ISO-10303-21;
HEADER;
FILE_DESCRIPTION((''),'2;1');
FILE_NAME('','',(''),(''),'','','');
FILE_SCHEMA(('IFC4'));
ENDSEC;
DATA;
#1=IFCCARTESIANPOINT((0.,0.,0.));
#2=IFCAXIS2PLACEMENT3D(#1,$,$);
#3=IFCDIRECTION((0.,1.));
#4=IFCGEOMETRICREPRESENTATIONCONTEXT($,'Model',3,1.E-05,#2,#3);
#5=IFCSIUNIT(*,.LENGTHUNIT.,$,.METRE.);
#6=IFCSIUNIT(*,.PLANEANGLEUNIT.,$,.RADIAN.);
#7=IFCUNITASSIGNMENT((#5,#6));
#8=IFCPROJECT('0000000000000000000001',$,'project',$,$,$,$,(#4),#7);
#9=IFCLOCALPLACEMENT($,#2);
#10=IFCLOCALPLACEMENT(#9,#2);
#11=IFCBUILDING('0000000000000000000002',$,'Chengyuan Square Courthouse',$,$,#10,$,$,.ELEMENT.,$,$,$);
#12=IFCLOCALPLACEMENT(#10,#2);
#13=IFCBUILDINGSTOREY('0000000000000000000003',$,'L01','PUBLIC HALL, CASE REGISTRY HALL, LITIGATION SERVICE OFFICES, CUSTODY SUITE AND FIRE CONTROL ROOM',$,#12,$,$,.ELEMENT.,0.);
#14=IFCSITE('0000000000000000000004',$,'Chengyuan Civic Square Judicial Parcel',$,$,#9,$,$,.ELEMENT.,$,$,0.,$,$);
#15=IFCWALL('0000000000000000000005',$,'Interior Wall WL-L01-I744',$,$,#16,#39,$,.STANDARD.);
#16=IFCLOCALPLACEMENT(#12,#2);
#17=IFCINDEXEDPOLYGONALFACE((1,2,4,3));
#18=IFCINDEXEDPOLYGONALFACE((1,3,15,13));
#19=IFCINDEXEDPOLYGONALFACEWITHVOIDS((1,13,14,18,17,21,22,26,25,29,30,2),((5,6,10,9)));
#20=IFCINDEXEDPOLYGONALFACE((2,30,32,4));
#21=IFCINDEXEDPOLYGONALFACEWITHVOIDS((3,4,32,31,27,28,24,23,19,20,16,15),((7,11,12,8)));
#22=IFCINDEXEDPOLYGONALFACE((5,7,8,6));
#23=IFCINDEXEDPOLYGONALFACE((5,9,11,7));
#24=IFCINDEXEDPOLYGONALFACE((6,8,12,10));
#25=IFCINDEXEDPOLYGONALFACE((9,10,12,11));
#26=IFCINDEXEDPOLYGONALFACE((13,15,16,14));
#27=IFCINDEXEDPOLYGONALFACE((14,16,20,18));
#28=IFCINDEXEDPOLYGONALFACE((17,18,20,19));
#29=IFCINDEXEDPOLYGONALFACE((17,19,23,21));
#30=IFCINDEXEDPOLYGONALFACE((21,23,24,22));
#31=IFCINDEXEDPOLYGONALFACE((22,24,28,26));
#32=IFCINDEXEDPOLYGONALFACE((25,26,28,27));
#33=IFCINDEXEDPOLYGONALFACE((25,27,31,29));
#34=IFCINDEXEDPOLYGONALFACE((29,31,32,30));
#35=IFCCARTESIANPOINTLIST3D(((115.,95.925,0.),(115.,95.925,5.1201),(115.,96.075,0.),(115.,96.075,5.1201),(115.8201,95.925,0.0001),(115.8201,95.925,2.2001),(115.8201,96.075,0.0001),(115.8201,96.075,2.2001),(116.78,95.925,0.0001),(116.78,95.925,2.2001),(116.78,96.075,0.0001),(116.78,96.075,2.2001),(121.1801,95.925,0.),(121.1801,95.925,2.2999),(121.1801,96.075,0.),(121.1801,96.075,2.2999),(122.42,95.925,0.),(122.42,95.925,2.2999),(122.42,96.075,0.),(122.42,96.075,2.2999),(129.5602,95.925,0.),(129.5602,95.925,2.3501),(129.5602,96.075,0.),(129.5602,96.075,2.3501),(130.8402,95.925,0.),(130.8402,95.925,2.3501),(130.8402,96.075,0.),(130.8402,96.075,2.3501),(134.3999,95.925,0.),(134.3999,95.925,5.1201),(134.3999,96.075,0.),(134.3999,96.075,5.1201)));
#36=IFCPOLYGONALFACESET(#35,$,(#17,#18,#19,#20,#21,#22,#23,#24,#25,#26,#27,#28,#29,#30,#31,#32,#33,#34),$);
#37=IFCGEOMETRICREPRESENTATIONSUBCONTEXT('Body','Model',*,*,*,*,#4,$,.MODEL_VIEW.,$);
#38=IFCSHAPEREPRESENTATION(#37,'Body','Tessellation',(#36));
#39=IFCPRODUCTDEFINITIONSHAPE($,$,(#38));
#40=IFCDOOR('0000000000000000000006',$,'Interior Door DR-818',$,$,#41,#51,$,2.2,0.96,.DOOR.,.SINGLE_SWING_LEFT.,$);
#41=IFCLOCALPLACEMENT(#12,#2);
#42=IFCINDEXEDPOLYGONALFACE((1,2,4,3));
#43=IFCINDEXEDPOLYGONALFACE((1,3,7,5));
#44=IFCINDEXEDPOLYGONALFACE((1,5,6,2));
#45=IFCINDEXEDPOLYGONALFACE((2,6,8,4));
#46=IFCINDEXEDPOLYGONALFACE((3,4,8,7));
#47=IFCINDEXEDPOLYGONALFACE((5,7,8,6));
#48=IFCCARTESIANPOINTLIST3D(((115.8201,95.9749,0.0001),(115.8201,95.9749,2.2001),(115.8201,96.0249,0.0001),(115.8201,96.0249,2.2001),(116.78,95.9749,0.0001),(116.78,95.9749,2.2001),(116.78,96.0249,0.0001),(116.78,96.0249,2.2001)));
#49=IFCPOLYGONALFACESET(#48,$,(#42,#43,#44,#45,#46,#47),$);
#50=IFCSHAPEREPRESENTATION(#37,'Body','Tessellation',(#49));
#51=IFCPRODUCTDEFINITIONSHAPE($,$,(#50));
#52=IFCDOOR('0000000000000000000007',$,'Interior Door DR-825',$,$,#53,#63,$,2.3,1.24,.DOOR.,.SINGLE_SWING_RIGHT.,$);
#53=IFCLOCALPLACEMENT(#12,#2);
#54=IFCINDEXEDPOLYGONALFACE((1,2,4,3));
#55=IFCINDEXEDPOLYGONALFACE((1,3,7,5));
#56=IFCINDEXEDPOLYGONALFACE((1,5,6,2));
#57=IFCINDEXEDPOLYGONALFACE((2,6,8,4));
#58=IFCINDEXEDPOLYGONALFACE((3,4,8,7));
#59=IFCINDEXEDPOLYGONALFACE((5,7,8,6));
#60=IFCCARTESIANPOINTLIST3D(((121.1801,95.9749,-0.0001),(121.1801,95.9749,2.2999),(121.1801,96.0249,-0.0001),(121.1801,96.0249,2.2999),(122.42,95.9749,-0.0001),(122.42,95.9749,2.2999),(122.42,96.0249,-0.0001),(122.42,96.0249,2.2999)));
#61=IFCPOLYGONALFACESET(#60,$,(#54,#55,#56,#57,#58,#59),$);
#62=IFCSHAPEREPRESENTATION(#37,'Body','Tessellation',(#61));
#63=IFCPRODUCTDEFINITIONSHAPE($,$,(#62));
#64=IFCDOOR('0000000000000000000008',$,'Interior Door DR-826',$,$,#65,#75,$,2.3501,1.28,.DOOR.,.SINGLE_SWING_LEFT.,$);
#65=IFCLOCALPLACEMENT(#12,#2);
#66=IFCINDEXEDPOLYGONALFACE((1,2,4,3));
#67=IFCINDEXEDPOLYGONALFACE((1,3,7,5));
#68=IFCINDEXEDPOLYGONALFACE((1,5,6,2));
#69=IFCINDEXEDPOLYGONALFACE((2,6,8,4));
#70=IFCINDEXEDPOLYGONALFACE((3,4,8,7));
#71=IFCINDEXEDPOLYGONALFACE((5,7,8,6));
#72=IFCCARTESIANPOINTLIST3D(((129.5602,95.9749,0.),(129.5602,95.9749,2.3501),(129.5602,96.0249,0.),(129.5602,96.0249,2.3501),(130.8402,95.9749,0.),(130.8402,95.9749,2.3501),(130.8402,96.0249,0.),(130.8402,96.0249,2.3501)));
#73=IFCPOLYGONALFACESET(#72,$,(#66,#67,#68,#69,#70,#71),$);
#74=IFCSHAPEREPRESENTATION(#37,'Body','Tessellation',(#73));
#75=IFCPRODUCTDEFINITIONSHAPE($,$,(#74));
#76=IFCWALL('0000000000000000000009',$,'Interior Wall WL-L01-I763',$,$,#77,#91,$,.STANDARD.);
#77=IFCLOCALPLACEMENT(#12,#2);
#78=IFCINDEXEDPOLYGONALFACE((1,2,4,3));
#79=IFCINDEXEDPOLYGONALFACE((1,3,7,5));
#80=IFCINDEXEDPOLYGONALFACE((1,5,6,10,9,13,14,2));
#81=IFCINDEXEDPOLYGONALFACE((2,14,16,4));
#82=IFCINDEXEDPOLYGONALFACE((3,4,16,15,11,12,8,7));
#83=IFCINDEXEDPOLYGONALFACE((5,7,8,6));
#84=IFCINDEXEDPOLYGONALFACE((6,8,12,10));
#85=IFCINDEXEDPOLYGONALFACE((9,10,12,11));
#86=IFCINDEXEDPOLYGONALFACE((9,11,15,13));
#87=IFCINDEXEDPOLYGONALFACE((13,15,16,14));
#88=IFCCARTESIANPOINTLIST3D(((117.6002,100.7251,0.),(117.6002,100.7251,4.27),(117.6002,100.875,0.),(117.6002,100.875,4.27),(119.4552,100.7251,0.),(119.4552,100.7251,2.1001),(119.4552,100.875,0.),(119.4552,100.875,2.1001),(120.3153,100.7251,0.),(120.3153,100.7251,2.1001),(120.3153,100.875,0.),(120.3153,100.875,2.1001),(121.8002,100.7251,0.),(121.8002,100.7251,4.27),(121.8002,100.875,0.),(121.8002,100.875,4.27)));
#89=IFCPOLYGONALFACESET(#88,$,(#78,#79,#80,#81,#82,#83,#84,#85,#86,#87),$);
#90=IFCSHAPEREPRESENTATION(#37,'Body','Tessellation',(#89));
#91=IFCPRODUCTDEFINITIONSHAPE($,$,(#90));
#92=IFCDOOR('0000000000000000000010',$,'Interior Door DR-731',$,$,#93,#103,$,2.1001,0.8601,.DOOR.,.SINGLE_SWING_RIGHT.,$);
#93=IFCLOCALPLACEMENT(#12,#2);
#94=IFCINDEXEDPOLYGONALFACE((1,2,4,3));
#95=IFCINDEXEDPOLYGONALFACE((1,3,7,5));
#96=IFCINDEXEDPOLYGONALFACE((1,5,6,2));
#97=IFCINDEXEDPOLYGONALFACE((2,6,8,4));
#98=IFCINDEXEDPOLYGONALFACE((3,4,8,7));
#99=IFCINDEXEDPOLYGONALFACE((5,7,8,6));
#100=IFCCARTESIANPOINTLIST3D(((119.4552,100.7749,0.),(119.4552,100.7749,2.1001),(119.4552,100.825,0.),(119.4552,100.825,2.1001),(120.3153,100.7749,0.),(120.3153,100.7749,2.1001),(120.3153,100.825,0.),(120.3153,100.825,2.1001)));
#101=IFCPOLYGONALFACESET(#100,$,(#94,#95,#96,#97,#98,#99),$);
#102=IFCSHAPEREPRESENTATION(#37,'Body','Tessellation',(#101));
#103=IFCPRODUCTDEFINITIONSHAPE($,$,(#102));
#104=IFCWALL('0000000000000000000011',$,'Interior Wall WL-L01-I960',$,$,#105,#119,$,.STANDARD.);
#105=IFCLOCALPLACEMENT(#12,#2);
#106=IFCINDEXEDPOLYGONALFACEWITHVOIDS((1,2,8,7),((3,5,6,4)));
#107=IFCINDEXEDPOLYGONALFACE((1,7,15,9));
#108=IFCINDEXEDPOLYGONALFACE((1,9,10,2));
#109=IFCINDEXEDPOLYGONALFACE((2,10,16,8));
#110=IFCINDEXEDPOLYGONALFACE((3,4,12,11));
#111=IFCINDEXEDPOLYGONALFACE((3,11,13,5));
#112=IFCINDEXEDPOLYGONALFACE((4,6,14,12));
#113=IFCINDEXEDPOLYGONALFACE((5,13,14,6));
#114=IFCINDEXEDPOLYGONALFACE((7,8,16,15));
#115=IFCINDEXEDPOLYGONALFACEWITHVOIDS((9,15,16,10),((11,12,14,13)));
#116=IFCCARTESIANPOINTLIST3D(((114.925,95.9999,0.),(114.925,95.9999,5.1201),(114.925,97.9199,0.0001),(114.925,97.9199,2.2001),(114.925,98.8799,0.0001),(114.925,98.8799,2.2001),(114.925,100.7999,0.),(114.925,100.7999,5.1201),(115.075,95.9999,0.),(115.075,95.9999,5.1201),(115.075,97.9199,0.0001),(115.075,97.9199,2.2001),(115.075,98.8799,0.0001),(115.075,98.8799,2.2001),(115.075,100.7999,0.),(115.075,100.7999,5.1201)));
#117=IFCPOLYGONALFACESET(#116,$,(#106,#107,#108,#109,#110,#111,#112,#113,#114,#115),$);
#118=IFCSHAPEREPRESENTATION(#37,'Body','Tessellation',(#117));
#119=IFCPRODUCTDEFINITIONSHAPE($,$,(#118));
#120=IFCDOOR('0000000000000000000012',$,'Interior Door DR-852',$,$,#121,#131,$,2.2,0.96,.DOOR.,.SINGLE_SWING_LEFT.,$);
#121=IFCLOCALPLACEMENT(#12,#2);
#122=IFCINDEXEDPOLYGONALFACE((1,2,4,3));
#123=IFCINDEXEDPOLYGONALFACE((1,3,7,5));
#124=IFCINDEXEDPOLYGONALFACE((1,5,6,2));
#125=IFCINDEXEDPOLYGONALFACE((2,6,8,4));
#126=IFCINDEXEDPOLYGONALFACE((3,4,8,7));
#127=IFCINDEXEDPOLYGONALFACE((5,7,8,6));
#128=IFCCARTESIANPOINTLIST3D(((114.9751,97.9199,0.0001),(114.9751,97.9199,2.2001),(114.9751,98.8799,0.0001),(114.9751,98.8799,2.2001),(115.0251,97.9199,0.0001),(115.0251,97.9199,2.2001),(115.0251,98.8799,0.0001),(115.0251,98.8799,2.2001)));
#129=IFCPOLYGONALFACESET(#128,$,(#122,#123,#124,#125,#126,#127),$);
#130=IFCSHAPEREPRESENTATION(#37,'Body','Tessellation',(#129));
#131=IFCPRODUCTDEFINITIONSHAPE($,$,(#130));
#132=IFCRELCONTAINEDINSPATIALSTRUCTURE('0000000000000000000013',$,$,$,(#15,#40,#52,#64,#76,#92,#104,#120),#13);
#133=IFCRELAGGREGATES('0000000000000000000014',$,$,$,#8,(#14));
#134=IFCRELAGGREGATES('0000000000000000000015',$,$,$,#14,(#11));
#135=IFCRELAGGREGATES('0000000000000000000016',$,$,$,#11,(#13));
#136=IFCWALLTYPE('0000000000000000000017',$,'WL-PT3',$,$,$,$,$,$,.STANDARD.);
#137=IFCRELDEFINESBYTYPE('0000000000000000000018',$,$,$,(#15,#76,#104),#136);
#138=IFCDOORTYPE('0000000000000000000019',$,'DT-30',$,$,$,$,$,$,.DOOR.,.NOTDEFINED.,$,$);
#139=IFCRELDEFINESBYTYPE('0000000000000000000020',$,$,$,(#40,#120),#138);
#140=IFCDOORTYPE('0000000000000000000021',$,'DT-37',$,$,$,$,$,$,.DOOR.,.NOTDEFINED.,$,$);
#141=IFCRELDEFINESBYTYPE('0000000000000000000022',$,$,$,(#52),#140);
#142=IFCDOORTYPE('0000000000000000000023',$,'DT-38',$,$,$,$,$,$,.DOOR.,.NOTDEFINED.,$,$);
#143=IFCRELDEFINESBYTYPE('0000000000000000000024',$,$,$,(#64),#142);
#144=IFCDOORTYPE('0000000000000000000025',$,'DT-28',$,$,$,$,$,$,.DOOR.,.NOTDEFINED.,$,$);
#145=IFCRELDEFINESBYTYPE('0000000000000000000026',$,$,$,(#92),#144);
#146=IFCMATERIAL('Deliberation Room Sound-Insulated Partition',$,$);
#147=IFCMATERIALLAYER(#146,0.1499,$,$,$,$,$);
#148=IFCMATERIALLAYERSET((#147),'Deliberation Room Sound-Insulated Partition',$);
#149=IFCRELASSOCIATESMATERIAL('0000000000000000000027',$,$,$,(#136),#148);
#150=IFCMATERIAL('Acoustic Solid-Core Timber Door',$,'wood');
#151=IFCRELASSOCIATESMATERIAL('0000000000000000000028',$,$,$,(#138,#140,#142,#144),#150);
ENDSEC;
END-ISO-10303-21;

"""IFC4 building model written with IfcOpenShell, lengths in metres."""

from ifc_helpers import new_model, si_unit, direction, frame, frame_2d, origin, place, context, subcontext, project, spatial, rectangle, extrude, material, layer, layer_set, type_object, element, fill, save


model = new_model("IFC4")

# Units and contexts
model_context = context("Model", 3, precision=1e-05, world=origin(), true_north=direction((0.0, 1.0)))
body_context = subcontext(model_context, "Body", "Model", "MODEL_VIEW")
ifc_project = project(units=[si_unit("LENGTHUNIT", "METRE"), si_unit("PLANEANGLEUNIT", "RADIAN")], contexts=[model_context])

# Site, building, storey
site_placement = place(None, origin())
site = spatial("IfcSite", under=ifc_project, at=site_placement, Name="Chengyuan Civic Square Judicial Parcel", CompositionType="ELEMENT", RefElevation=0.0)
building_placement = place(site_placement, origin())
building = spatial("IfcBuilding", under=site, at=building_placement, Name="Chengyuan Square Courthouse", CompositionType="ELEMENT")
storey_placement = place(building_placement, origin())
storey = spatial("IfcBuildingStorey", under=building, at=storey_placement, Name="L01", Description="PUBLIC HALL, CASE REGISTRY HALL, LITIGATION SERVICE OFFICES, CUSTODY SUITE AND FIRE CONTROL ROOM", CompositionType="ELEMENT", Elevation=0.0)

# Wall, openings, doors
ifc_material_1 = material(Name="Deliberation Room Sound-Insulated Partition")
ifc_layer_1 = layer(ifc_material_1, 0.1499)
ifc_layer_set_1 = layer_set([ifc_layer_1], Name="Deliberation Room Sound-Insulated Partition")
wall_type_1 = type_object("IfcWallType", Name="WL-PT3", PredefinedType="STANDARD", material=ifc_layer_set_1)
wall_1_placement = place(storey_placement, frame((115.0, 96.0, 0.0), z_axis=(0.0, 0.0, 1.0), x_axis=(1.0, 0.0, 0.0)))
wall_1 = element("IfcWall", 1, at=wall_1_placement, inside=storey, type_object=wall_type_1, Name="Interior Wall WL-L01-I744", PredefinedType="STANDARD", context=body_context, shape_type="SweptSolid", body=[
    extrude(rectangle(XDim=19.3999, YDim=0.1499, at=frame_2d((9.7, 0.0))), origin(), (0.0, 0.0, 1.0), 5.1201),
])
opening_1_placement = place(wall_1_placement, frame((0.8201, 0.0, 0.0)))
opening_1 = element("IfcOpeningElement", 2, at=opening_1_placement, cuts=wall_1, PredefinedType="OPENING", context=body_context, shape_type="SweptSolid", body=[
    extrude(rectangle(XDim=0.96, YDim=2.2, at=frame_2d((0.48, 1.1001))), frame((0.0, 0.0869, 0.0), z_axis=(0.0, -1.0, 0.0), x_axis=(1.0, 0.0, 0.0)), (0.0, 0.0, 1.0), 0.1738),
])
opening_2_placement = place(wall_1_placement, frame((6.1799, 0.0, 0.0)))
opening_2 = element("IfcOpeningElement", 3, at=opening_2_placement, cuts=wall_1, PredefinedType="OPENING", context=body_context, shape_type="SweptSolid", body=[
    extrude(rectangle(XDim=1.24, YDim=2.3, at=frame_2d((0.6201, 1.1499))), frame((0.0, 0.0869, 0.0), z_axis=(0.0, -1.0, 0.0), x_axis=(1.0, 0.0, 0.0)), (0.0, 0.0, 1.0), 0.1738),
])
opening_3_placement = place(wall_1_placement, frame((14.5601, 0.0, 0.0)))
opening_3 = element("IfcOpeningElement", 4, at=opening_3_placement, cuts=wall_1, PredefinedType="OPENING", context=body_context, shape_type="SweptSolid", body=[
    extrude(rectangle(XDim=1.28, YDim=2.3501, at=frame_2d((0.6401, 1.175))), frame((0.0, 0.0869, 0.0), z_axis=(0.0, -1.0, 0.0), x_axis=(1.0, 0.0, 0.0)), (0.0, 0.0, 1.0), 0.1738),
])
ifc_material_2 = material(Name="Acoustic Solid-Core Timber Door", Category="wood")
door_type_1 = type_object("IfcDoorType", Name="DT-30", OperationType="NOTDEFINED", PredefinedType="DOOR", material=ifc_material_2)
door_1_placement = place(opening_1_placement, origin())
door_1 = element("IfcDoor", 5, at=door_1_placement, inside=storey, type_object=door_type_1, Name="Interior Door DR-818", OperationType="SINGLE_SWING_LEFT", OverallHeight=2.2, OverallWidth=0.96, PredefinedType="DOOR", context=body_context, shape_type="SweptSolid", body=[
    extrude(rectangle(XDim=0.96, YDim=2.2, at=frame_2d((0.48, 1.1001))), frame((0.0, 0.0249, 0.0), z_axis=(0.0, -1.0, 0.0), x_axis=(1.0, 0.0, 0.0)), (0.0, 0.0, 1.0), 0.05),
])
fill(opening_1, door_1)
door_type_2 = type_object("IfcDoorType", Name="DT-37", OperationType="NOTDEFINED", PredefinedType="DOOR", material=ifc_material_2)
door_2_placement = place(opening_2_placement, origin())
door_2 = element("IfcDoor", 6, at=door_2_placement, inside=storey, type_object=door_type_2, Name="Interior Door DR-825", OperationType="SINGLE_SWING_RIGHT", OverallHeight=2.3, OverallWidth=1.24, PredefinedType="DOOR", context=body_context, shape_type="SweptSolid", body=[
    extrude(rectangle(XDim=1.24, YDim=2.3, at=frame_2d((0.6201, 1.1499))), frame((0.0, 0.0249, 0.0), z_axis=(0.0, -1.0, 0.0), x_axis=(1.0, 0.0, 0.0)), (0.0, 0.0, 1.0), 0.05),
])
fill(opening_2, door_2)
door_type_3 = type_object("IfcDoorType", Name="DT-38", OperationType="NOTDEFINED", PredefinedType="DOOR", material=ifc_material_2)
door_3_placement = place(opening_3_placement, origin())
door_3 = element("IfcDoor", 7, at=door_3_placement, inside=storey, type_object=door_type_3, Name="Interior Door DR-826", OperationType="SINGLE_SWING_LEFT", OverallHeight=2.3501, OverallWidth=1.28, PredefinedType="DOOR", context=body_context, shape_type="SweptSolid", body=[
    extrude(rectangle(XDim=1.28, YDim=2.3501, at=frame_2d((0.6401, 1.175))), frame((0.0, 0.0249, 0.0), z_axis=(0.0, -1.0, 0.0), x_axis=(1.0, 0.0, 0.0)), (0.0, 0.0, 1.0), 0.05),
])
fill(opening_3, door_3)

# Walls, openings, doors
wall_2_placement = place(storey_placement, frame((117.6001, 100.8, 0.0), z_axis=(0.0, 0.0, 1.0), x_axis=(1.0, 0.0, 0.0)))
wall_2 = element("IfcWall", 8, at=wall_2_placement, inside=storey, type_object=wall_type_1, Name="Interior Wall WL-L01-I763", PredefinedType="STANDARD", context=body_context, shape_type="SweptSolid", body=[
    extrude(rectangle(XDim=4.2, YDim=0.1499, at=frame_2d((2.1001, 0.0))), origin(), (0.0, 0.0, 1.0), 4.27),
])
opening_4_placement = place(wall_2_placement, frame((1.855, 0.0, 0.0)))
opening_4 = element("IfcOpeningElement", 9, at=opening_4_placement, cuts=wall_2, PredefinedType="OPENING", context=body_context, shape_type="SweptSolid", body=[
    extrude(rectangle(XDim=0.8601, YDim=2.1001, at=frame_2d((0.4302, 1.05))), frame((0.0, 0.0869, 0.0), z_axis=(0.0, -1.0, 0.0), x_axis=(1.0, 0.0, 0.0)), (0.0, 0.0, 1.0), 0.1738),
])
door_type_4 = type_object("IfcDoorType", Name="DT-28", OperationType="NOTDEFINED", PredefinedType="DOOR", material=ifc_material_2)
door_4_placement = place(opening_4_placement, origin())
door_4 = element("IfcDoor", 10, at=door_4_placement, inside=storey, type_object=door_type_4, Name="Interior Door DR-731", OperationType="SINGLE_SWING_RIGHT", OverallHeight=2.1001, OverallWidth=0.8601, PredefinedType="DOOR", context=body_context, shape_type="SweptSolid", body=[
    extrude(rectangle(XDim=0.8601, YDim=2.1001, at=frame_2d((0.4302, 1.05))), frame((0.0, 0.0249, 0.0), z_axis=(0.0, -1.0, 0.0), x_axis=(1.0, 0.0, 0.0)), (0.0, 0.0, 1.0), 0.05),
])
fill(opening_4, door_4)
wall_3_placement = place(storey_placement, frame((115.0, 96.0, 0.0), z_axis=(0.0, 0.0, 1.0), x_axis=(0.0, 1.0, 0.0)))
wall_3 = element("IfcWall", 11, at=wall_3_placement, inside=storey, type_object=wall_type_1, Name="Interior Wall WL-L01-I960", PredefinedType="STANDARD", context=body_context, shape_type="SweptSolid", body=[
    extrude(rectangle(XDim=4.8, YDim=0.1499, at=frame_2d((2.3999, 0.0))), origin(), (0.0, 0.0, 1.0), 5.1201),
])
opening_5_placement = place(wall_3_placement, frame((1.9199, 0.0, 0.0)))
opening_5 = element("IfcOpeningElement", 12, at=opening_5_placement, cuts=wall_3, PredefinedType="OPENING", context=body_context, shape_type="SweptSolid", body=[
    extrude(rectangle(XDim=0.96, YDim=2.2, at=frame_2d((0.48, 1.1001))), frame((0.0, 0.0869, 0.0), z_axis=(0.0, -1.0, 0.0), x_axis=(1.0, 0.0, 0.0)), (0.0, 0.0, 1.0), 0.1738),
])
door_5_placement = place(opening_5_placement, origin())
door_5 = element("IfcDoor", 13, at=door_5_placement, inside=storey, type_object=door_type_1, Name="Interior Door DR-852", OperationType="SINGLE_SWING_LEFT", OverallHeight=2.2, OverallWidth=0.96, PredefinedType="DOOR", context=body_context, shape_type="SweptSolid", body=[
    extrude(rectangle(XDim=0.96, YDim=2.2, at=frame_2d((0.48, 1.1001))), frame((0.0, 0.0249, 0.0), z_axis=(0.0, -1.0, 0.0), x_axis=(1.0, 0.0, 0.0)), (0.0, 0.0, 1.0), 0.05),
])
fill(opening_5, door_5)

save(model, "model.ifc")
